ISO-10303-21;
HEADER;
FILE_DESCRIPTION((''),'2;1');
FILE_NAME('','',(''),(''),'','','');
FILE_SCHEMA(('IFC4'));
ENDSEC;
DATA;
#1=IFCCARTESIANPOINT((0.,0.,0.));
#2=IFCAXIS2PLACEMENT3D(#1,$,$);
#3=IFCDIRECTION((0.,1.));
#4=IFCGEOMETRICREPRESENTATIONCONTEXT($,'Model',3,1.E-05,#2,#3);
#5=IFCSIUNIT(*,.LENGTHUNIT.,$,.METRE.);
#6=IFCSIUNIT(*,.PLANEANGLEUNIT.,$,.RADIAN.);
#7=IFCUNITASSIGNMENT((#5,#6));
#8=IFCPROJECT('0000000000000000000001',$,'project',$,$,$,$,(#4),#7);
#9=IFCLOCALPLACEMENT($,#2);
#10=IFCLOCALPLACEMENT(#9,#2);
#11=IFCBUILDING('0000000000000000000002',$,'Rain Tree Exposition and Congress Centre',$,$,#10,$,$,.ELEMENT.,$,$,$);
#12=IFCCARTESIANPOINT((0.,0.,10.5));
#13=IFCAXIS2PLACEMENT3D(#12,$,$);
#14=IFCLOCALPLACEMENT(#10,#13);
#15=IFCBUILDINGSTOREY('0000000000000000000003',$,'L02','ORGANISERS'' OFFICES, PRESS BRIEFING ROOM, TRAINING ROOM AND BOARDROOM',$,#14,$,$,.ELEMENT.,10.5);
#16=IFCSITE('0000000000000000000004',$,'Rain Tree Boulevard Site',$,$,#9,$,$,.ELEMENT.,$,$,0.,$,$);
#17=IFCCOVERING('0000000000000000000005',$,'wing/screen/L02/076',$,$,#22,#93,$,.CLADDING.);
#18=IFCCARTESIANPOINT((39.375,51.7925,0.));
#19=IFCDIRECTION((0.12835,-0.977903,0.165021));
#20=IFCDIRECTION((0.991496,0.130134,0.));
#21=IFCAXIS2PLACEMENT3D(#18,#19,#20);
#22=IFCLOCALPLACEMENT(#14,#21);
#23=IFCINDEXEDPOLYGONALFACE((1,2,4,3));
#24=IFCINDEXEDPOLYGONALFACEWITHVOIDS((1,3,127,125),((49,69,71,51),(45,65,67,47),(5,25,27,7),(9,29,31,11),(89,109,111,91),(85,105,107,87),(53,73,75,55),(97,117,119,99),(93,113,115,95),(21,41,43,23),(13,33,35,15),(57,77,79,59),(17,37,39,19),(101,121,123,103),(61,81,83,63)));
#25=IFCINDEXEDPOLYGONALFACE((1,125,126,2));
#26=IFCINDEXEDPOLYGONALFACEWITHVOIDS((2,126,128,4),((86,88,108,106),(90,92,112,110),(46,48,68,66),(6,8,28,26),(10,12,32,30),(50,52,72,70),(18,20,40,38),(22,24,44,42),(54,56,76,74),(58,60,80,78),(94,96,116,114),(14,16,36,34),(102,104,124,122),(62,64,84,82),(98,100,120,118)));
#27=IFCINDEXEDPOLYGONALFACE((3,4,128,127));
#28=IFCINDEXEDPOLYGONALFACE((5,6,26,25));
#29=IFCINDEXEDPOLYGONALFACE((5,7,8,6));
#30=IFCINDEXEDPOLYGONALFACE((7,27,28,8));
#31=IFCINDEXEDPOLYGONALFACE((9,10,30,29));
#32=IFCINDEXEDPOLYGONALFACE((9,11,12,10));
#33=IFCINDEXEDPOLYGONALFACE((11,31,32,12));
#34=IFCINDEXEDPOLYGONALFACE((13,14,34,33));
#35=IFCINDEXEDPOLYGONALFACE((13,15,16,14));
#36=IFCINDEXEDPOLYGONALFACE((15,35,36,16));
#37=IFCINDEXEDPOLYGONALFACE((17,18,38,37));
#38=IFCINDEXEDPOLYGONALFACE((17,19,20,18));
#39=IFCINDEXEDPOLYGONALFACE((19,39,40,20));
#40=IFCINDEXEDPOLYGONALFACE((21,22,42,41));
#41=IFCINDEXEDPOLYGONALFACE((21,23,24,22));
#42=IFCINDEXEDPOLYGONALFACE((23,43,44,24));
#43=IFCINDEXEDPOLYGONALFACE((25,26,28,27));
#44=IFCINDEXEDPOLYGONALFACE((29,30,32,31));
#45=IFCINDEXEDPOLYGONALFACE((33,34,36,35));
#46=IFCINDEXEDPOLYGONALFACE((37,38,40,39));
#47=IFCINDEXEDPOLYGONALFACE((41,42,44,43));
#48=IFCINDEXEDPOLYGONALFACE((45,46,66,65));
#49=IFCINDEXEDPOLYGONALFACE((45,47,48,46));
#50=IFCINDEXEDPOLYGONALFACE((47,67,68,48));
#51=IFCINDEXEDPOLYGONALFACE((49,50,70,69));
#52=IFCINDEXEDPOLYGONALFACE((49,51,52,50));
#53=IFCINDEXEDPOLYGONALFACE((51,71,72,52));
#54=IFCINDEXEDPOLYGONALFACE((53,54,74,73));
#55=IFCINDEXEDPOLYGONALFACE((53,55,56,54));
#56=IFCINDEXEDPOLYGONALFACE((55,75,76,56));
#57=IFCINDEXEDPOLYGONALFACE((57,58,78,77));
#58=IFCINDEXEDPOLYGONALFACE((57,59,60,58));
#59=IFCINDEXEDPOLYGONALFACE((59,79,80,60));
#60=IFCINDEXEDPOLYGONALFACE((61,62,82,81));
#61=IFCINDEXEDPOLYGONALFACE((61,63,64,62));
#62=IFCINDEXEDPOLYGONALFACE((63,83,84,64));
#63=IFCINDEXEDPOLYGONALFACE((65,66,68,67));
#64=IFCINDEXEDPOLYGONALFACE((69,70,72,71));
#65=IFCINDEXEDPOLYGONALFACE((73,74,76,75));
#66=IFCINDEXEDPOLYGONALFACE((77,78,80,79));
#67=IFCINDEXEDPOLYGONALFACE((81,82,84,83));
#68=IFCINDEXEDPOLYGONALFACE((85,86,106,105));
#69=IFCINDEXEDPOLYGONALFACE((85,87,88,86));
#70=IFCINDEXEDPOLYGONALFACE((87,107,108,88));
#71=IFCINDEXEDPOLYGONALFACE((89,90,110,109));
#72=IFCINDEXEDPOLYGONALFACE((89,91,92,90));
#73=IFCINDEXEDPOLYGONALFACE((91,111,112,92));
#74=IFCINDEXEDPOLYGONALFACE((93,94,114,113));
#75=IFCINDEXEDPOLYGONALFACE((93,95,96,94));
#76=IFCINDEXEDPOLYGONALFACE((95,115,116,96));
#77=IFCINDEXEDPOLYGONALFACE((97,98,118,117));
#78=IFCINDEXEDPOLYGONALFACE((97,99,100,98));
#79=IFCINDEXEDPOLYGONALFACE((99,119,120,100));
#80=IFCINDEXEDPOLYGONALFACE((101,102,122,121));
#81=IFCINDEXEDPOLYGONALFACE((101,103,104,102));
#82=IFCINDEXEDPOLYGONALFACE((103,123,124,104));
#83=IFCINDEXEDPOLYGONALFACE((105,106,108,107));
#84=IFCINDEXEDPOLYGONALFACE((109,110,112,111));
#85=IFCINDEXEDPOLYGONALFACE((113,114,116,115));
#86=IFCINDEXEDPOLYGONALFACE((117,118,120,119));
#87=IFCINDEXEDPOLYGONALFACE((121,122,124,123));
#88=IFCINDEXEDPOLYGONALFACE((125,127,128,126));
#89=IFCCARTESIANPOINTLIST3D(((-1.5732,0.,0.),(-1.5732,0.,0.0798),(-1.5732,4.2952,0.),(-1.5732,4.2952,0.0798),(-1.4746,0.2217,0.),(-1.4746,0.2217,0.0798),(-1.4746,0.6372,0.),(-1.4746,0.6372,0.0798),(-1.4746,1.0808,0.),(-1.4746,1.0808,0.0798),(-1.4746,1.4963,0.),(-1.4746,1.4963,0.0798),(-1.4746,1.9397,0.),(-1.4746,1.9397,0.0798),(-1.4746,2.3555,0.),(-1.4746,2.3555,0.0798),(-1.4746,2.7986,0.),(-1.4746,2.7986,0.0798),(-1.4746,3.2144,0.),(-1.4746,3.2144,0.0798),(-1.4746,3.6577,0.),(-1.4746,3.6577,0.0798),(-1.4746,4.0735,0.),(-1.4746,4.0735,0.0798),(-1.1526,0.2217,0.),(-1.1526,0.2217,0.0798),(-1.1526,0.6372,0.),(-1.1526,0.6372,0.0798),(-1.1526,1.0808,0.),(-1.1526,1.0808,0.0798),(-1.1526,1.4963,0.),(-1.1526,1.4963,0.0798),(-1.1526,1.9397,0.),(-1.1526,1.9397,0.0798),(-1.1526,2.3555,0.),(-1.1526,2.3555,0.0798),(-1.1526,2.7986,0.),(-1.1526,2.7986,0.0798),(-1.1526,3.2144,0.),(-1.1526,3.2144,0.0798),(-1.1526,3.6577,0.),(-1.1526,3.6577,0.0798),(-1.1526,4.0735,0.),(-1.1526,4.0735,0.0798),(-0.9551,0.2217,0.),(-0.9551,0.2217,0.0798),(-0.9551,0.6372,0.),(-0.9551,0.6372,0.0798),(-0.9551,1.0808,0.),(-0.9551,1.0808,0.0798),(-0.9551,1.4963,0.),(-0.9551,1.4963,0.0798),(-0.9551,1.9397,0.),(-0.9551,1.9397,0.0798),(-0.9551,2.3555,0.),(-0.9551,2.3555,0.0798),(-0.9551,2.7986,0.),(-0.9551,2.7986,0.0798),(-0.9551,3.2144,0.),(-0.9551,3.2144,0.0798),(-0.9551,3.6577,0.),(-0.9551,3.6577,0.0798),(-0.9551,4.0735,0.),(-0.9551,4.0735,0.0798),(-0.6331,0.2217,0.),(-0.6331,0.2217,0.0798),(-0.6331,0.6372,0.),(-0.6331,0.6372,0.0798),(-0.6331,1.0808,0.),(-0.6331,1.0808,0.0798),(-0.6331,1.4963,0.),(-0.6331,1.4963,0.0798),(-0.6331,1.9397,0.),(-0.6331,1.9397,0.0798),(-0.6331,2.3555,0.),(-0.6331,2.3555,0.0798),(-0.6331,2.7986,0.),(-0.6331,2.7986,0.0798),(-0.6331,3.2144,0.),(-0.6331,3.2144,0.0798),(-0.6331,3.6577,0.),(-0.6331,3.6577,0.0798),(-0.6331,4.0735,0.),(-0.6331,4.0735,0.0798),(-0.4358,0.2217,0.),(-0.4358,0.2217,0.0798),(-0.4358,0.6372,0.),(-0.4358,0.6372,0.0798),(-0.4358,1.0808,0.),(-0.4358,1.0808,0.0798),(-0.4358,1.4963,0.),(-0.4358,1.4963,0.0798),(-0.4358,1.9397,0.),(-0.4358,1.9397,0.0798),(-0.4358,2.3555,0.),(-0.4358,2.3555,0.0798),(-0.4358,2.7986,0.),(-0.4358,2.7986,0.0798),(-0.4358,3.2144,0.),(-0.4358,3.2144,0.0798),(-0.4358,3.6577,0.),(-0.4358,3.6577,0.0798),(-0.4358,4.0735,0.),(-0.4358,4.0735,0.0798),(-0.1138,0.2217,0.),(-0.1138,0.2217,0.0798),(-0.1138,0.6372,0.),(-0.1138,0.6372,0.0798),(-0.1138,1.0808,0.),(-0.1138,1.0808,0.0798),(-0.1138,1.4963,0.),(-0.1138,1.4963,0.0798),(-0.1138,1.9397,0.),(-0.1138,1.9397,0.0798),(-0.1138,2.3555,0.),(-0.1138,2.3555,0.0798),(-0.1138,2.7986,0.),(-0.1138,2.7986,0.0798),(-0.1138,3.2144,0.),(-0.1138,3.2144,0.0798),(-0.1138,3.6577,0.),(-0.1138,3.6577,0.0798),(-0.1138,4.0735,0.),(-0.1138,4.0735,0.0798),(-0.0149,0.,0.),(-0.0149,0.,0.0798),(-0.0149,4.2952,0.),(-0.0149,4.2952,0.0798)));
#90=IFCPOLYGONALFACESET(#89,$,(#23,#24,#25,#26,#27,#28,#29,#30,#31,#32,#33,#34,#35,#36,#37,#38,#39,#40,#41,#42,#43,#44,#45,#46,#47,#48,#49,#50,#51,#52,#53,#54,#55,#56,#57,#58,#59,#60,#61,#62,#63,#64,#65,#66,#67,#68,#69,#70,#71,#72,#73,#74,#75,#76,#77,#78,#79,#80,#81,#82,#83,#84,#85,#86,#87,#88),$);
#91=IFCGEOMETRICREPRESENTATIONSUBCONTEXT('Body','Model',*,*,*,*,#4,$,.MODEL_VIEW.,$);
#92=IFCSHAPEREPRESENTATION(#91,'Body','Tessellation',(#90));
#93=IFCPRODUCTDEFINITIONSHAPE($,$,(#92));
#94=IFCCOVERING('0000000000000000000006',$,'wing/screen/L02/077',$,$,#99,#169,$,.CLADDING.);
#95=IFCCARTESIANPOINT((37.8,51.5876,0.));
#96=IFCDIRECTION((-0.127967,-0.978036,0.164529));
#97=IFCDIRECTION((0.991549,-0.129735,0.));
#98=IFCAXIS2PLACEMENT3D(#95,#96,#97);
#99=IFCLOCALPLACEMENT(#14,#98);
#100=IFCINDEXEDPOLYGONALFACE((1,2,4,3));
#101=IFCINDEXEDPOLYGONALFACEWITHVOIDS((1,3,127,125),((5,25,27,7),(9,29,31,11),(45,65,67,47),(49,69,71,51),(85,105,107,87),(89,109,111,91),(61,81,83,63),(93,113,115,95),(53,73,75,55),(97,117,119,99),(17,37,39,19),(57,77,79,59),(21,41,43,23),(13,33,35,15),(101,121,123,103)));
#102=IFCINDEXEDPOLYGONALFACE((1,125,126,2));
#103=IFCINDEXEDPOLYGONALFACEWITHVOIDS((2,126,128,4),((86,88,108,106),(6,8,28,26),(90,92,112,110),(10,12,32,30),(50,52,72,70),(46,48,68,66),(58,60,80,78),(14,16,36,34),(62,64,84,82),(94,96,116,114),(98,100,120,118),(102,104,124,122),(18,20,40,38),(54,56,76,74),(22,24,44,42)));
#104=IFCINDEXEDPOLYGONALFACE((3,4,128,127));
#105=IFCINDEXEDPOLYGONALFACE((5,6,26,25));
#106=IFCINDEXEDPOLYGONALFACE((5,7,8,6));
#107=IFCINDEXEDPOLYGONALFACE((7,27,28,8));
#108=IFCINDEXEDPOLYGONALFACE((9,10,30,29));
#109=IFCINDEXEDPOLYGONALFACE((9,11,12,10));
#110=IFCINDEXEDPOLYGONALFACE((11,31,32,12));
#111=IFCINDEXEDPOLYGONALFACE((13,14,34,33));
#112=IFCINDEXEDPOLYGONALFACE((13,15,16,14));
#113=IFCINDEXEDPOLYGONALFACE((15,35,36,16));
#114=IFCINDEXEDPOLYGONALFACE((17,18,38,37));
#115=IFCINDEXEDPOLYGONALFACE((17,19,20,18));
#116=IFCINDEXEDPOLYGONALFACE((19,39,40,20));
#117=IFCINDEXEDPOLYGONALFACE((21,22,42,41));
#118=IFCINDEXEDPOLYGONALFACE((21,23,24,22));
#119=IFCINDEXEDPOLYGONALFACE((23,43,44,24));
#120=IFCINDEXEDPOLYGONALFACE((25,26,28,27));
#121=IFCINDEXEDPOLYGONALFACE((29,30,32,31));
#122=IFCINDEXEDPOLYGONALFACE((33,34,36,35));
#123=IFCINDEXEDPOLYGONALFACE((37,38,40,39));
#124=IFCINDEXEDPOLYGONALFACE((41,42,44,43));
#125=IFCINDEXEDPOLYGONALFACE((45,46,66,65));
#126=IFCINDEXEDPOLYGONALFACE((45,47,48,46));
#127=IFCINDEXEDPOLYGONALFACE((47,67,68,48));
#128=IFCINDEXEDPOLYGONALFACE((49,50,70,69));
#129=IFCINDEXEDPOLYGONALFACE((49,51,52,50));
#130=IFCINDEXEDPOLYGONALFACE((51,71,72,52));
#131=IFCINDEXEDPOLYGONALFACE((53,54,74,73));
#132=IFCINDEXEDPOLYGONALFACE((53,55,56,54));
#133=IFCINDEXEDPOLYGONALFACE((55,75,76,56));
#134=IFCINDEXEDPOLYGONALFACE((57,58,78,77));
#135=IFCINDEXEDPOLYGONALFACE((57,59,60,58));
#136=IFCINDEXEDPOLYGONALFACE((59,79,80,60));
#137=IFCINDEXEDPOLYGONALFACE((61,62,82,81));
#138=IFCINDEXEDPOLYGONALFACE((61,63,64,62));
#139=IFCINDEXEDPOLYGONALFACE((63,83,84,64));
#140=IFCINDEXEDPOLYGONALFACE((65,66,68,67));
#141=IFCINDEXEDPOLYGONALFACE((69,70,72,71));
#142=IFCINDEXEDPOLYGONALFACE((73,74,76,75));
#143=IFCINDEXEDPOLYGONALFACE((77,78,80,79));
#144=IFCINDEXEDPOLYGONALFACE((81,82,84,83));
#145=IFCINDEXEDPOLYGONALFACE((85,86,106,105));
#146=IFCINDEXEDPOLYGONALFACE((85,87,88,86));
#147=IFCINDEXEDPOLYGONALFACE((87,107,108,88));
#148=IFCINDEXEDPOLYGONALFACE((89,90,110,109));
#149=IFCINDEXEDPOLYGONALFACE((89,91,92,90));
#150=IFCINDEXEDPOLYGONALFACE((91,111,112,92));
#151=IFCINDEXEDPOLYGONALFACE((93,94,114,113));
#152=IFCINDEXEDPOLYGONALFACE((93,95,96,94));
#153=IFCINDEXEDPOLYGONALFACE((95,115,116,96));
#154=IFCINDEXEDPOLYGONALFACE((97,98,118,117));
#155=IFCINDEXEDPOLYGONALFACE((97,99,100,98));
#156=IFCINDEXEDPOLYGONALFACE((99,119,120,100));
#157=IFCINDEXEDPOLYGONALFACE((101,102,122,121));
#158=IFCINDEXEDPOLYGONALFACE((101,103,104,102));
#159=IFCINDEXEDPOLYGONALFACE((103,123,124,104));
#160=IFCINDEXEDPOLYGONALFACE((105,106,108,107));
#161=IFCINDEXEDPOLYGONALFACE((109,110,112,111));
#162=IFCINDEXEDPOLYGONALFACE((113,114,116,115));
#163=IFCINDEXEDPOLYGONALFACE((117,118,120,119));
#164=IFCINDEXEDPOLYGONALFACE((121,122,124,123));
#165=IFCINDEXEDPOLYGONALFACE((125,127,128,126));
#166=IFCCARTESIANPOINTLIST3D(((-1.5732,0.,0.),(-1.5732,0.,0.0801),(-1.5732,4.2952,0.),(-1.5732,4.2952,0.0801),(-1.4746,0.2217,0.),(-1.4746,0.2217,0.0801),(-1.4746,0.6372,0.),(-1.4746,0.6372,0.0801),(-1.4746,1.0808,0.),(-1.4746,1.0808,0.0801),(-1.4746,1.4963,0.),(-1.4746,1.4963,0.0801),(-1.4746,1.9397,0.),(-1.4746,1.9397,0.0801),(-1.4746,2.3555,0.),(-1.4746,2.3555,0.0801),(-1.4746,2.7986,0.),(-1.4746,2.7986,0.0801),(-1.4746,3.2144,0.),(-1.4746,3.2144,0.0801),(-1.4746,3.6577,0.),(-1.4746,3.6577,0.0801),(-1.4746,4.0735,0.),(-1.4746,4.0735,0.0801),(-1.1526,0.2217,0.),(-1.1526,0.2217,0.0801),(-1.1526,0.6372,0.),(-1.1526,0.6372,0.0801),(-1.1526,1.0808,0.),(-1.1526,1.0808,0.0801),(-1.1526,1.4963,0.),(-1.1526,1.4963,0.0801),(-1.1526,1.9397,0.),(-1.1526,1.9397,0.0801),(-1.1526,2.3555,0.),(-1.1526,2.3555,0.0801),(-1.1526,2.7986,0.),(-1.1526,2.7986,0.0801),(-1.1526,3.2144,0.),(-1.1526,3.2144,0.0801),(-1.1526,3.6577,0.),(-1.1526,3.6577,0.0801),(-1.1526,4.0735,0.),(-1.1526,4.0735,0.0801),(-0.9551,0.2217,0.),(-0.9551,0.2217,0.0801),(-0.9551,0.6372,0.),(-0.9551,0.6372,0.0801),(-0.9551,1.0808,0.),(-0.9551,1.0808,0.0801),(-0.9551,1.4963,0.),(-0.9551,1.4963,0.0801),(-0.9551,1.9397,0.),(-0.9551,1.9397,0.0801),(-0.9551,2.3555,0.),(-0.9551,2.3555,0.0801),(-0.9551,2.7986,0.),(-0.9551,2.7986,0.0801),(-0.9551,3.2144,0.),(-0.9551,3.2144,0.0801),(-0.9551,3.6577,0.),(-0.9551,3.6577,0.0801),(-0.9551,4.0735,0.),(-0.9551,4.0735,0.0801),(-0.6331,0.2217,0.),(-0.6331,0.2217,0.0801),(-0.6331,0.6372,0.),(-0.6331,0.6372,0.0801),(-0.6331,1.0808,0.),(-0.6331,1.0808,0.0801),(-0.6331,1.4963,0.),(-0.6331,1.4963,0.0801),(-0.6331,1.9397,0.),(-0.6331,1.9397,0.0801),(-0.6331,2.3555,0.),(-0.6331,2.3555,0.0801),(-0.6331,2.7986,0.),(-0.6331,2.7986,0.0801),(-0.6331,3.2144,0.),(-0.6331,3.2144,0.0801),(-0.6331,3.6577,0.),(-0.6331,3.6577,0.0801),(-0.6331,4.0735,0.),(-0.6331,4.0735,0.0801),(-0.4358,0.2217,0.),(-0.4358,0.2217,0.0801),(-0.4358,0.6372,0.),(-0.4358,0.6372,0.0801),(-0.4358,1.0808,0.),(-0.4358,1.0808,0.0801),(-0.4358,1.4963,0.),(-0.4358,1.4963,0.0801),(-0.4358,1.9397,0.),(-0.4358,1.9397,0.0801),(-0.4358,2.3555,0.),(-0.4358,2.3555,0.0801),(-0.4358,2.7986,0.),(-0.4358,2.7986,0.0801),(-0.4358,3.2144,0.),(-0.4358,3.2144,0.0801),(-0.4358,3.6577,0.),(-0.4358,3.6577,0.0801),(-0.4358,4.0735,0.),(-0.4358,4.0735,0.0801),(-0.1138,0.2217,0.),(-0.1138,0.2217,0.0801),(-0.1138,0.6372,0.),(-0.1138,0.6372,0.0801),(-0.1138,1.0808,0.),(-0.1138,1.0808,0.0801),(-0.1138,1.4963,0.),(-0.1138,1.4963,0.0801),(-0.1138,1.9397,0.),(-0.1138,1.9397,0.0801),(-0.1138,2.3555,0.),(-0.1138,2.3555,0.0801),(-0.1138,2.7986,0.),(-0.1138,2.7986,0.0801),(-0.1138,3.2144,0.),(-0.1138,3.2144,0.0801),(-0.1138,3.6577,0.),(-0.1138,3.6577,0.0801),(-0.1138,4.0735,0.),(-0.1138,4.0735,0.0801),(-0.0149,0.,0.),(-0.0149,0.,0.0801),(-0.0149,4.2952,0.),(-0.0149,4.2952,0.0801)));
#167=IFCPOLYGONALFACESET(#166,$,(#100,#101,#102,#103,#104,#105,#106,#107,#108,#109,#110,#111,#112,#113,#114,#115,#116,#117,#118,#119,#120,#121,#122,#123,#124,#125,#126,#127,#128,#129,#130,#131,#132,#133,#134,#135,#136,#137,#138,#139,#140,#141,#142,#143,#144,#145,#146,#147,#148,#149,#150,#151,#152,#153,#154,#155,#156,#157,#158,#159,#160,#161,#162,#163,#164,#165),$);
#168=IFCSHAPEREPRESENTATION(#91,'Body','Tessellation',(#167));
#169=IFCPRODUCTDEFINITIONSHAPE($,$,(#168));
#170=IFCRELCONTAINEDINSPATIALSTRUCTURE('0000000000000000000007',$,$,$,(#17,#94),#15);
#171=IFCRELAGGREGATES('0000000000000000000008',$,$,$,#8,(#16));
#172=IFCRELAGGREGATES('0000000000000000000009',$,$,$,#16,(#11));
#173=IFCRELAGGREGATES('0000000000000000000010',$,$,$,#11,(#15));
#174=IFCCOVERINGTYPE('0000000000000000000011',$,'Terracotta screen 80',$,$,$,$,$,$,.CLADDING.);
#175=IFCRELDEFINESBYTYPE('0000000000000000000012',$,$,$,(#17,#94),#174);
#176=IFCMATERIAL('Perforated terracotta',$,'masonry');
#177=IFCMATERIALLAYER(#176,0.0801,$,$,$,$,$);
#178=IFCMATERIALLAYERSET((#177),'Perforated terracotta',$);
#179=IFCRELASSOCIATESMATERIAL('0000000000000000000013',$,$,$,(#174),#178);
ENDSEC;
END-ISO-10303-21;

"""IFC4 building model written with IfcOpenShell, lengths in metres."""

from ifc_helpers import new_model, si_unit, direction, frame, origin, place, context, subcontext, project, spatial, polyline, outline, extrude, material, layer, layer_set, type_object, element, save


model = new_model("IFC4")

# Units and contexts
model_context = context("Model", 3, precision=1e-05, world=origin(), true_north=direction((0.0, 1.0)))
body_context = subcontext(model_context, "Body", "Model", "MODEL_VIEW")
ifc_project = project(units=[si_unit("LENGTHUNIT", "METRE"), si_unit("PLANEANGLEUNIT", "RADIAN")], contexts=[model_context])

# Site, building, storey
site_placement = place(None, origin())
site = spatial("IfcSite", under=ifc_project, at=site_placement, Name="Rain Tree Boulevard Site", CompositionType="ELEMENT", RefElevation=0.0)
building_placement = place(site_placement, origin())
building = spatial("IfcBuilding", under=site, at=building_placement, Name="Rain Tree Exposition and Congress Centre", CompositionType="ELEMENT")
storey_placement = place(building_placement, frame((0.0, 0.0, 10.5)))
storey = spatial("IfcBuildingStorey", under=building, at=storey_placement, Name="L02", Description="ORGANISERS' OFFICES, PRESS BRIEFING ROOM, TRAINING ROOM AND BOARDROOM", CompositionType="ELEMENT", Elevation=10.5)

# Coverings
ifc_material_1 = material(Name="Perforated terracotta", Category="masonry")
ifc_layer_1 = layer(ifc_material_1, 0.0801)
ifc_layer_set_1 = layer_set([ifc_layer_1], Name="Perforated terracotta")
covering_type = type_object("IfcCoveringType", Name="Terracotta screen 80", PredefinedType="CLADDING", material=ifc_layer_set_1)
covering_1_placement = place(storey_placement, frame((39.375, 51.7925, 0.0), z_axis=(0.12835, -0.977903, 0.165021), x_axis=(0.991496, 0.130134, 0.0)))
element("IfcCovering", 1, at=covering_1_placement, inside=storey, type_object=covering_type, Name="wing/screen/L02/076", PredefinedType="CLADDING", context=body_context, shape_type="SweptSolid", body=[
    extrude(outline(polyline([(-1.5732, 0.0), (-1.5732, 4.2952), (-0.0149, 4.2952), (-0.0149, 0.0), (-1.5732, 0.0)]), holes=[polyline([(-0.1138, 0.2217), (-0.1138, 0.6372), (-0.4358, 0.6372), (-0.4358, 0.2217), (-0.1138, 0.2217)]), polyline([(-0.1138, 1.0808), (-0.1138, 1.4963), (-0.4358, 1.4963), (-0.4358, 1.0808), (-0.1138, 1.0808)]), polyline([(-0.1138, 1.9397), (-0.1138, 2.3555), (-0.4358, 2.3555), (-0.4358, 1.9397), (-0.1138, 1.9397)]), polyline([(-0.1138, 2.7986), (-0.1138, 3.2144), (-0.4358, 3.2144), (-0.4358, 2.7986), (-0.1138, 2.7986)]), polyline([(-0.1138, 3.6577), (-0.1138, 4.0735), (-0.4358, 4.0735), (-0.4358, 3.6577), (-0.1138, 3.6577)]), polyline([(-0.6331, 0.2217), (-0.6331, 0.6372), (-0.9551, 0.6372), (-0.9551, 0.2217), (-0.6331, 0.2217)]), polyline([(-0.6331, 1.0808), (-0.6331, 1.4963), (-0.9551, 1.4963), (-0.9551, 1.0808), (-0.6331, 1.0808)]), polyline([(-0.6331, 1.9397), (-0.6331, 2.3555), (-0.9551, 2.3555), (-0.9551, 1.9397), (-0.6331, 1.9397)]), polyline([(-0.6331, 2.7986), (-0.6331, 3.2144), (-0.9551, 3.2144), (-0.9551, 2.7986), (-0.6331, 2.7986)]), polyline([(-0.6331, 3.6577), (-0.6331, 4.0735), (-0.9551, 4.0735), (-0.9551, 3.6577), (-0.6331, 3.6577)]), polyline([(-1.1526, 0.2217), (-1.1526, 0.6372), (-1.4746, 0.6372), (-1.4746, 0.2217), (-1.1526, 0.2217)]), polyline([(-1.1526, 1.0808), (-1.1526, 1.4963), (-1.4746, 1.4963), (-1.4746, 1.0808), (-1.1526, 1.0808)]), polyline([(-1.1526, 1.9397), (-1.1526, 2.3555), (-1.4746, 2.3555), (-1.4746, 1.9397), (-1.1526, 1.9397)]), polyline([(-1.1526, 2.7986), (-1.1526, 3.2144), (-1.4746, 3.2144), (-1.4746, 2.7986), (-1.1526, 2.7986)]), polyline([(-1.1526, 3.6577), (-1.1526, 4.0735), (-1.4746, 4.0735), (-1.4746, 3.6577), (-1.1526, 3.6577)])]), origin(), (0.0, 0.0, 1.0), 0.0798),
])
covering_2_placement = place(storey_placement, frame((37.8, 51.5876, 0.0), z_axis=(-0.127967, -0.978036, 0.164529), x_axis=(0.991549, -0.129735, 0.0)))
element("IfcCovering", 2, at=covering_2_placement, inside=storey, type_object=covering_type, Name="wing/screen/L02/077", PredefinedType="CLADDING", context=body_context, shape_type="SweptSolid", body=[
    extrude(outline(polyline([(-1.5732, 0.0), (-1.5732, 4.2952), (-0.0149, 4.2952), (-0.0149, 0.0), (-1.5732, 0.0)]), holes=[polyline([(-0.1138, 0.2217), (-0.1138, 0.6372), (-0.4358, 0.6372), (-0.4358, 0.2217), (-0.1138, 0.2217)]), polyline([(-0.1138, 1.0808), (-0.1138, 1.4963), (-0.4358, 1.4963), (-0.4358, 1.0808), (-0.1138, 1.0808)]), polyline([(-0.1138, 1.9397), (-0.1138, 2.3555), (-0.4358, 2.3555), (-0.4358, 1.9397), (-0.1138, 1.9397)]), polyline([(-0.1138, 2.7986), (-0.1138, 3.2144), (-0.4358, 3.2144), (-0.4358, 2.7986), (-0.1138, 2.7986)]), polyline([(-0.1138, 3.6577), (-0.1138, 4.0735), (-0.4358, 4.0735), (-0.4358, 3.6577), (-0.1138, 3.6577)]), polyline([(-0.6331, 0.2217), (-0.6331, 0.6372), (-0.9551, 0.6372), (-0.9551, 0.2217), (-0.6331, 0.2217)]), polyline([(-0.6331, 1.0808), (-0.6331, 1.4963), (-0.9551, 1.4963), (-0.9551, 1.0808), (-0.6331, 1.0808)]), polyline([(-0.6331, 1.9397), (-0.6331, 2.3555), (-0.9551, 2.3555), (-0.9551, 1.9397), (-0.6331, 1.9397)]), polyline([(-0.6331, 2.7986), (-0.6331, 3.2144), (-0.9551, 3.2144), (-0.9551, 2.7986), (-0.6331, 2.7986)]), polyline([(-0.6331, 3.6577), (-0.6331, 4.0735), (-0.9551, 4.0735), (-0.9551, 3.6577), (-0.6331, 3.6577)]), polyline([(-1.1526, 0.2217), (-1.1526, 0.6372), (-1.4746, 0.6372), (-1.4746, 0.2217), (-1.1526, 0.2217)]), polyline([(-1.1526, 1.0808), (-1.1526, 1.4963), (-1.4746, 1.4963), (-1.4746, 1.0808), (-1.1526, 1.0808)]), polyline([(-1.1526, 1.9397), (-1.1526, 2.3555), (-1.4746, 2.3555), (-1.4746, 1.9397), (-1.1526, 1.9397)]), polyline([(-1.1526, 2.7986), (-1.1526, 3.2144), (-1.4746, 3.2144), (-1.4746, 2.7986), (-1.1526, 2.7986)]), polyline([(-1.1526, 3.6577), (-1.1526, 4.0735), (-1.4746, 4.0735), (-1.4746, 3.6577), (-1.1526, 3.6577)])]), origin(), (0.0, 0.0, 1.0), 0.0801),
])

save(model, "model.ifc")
